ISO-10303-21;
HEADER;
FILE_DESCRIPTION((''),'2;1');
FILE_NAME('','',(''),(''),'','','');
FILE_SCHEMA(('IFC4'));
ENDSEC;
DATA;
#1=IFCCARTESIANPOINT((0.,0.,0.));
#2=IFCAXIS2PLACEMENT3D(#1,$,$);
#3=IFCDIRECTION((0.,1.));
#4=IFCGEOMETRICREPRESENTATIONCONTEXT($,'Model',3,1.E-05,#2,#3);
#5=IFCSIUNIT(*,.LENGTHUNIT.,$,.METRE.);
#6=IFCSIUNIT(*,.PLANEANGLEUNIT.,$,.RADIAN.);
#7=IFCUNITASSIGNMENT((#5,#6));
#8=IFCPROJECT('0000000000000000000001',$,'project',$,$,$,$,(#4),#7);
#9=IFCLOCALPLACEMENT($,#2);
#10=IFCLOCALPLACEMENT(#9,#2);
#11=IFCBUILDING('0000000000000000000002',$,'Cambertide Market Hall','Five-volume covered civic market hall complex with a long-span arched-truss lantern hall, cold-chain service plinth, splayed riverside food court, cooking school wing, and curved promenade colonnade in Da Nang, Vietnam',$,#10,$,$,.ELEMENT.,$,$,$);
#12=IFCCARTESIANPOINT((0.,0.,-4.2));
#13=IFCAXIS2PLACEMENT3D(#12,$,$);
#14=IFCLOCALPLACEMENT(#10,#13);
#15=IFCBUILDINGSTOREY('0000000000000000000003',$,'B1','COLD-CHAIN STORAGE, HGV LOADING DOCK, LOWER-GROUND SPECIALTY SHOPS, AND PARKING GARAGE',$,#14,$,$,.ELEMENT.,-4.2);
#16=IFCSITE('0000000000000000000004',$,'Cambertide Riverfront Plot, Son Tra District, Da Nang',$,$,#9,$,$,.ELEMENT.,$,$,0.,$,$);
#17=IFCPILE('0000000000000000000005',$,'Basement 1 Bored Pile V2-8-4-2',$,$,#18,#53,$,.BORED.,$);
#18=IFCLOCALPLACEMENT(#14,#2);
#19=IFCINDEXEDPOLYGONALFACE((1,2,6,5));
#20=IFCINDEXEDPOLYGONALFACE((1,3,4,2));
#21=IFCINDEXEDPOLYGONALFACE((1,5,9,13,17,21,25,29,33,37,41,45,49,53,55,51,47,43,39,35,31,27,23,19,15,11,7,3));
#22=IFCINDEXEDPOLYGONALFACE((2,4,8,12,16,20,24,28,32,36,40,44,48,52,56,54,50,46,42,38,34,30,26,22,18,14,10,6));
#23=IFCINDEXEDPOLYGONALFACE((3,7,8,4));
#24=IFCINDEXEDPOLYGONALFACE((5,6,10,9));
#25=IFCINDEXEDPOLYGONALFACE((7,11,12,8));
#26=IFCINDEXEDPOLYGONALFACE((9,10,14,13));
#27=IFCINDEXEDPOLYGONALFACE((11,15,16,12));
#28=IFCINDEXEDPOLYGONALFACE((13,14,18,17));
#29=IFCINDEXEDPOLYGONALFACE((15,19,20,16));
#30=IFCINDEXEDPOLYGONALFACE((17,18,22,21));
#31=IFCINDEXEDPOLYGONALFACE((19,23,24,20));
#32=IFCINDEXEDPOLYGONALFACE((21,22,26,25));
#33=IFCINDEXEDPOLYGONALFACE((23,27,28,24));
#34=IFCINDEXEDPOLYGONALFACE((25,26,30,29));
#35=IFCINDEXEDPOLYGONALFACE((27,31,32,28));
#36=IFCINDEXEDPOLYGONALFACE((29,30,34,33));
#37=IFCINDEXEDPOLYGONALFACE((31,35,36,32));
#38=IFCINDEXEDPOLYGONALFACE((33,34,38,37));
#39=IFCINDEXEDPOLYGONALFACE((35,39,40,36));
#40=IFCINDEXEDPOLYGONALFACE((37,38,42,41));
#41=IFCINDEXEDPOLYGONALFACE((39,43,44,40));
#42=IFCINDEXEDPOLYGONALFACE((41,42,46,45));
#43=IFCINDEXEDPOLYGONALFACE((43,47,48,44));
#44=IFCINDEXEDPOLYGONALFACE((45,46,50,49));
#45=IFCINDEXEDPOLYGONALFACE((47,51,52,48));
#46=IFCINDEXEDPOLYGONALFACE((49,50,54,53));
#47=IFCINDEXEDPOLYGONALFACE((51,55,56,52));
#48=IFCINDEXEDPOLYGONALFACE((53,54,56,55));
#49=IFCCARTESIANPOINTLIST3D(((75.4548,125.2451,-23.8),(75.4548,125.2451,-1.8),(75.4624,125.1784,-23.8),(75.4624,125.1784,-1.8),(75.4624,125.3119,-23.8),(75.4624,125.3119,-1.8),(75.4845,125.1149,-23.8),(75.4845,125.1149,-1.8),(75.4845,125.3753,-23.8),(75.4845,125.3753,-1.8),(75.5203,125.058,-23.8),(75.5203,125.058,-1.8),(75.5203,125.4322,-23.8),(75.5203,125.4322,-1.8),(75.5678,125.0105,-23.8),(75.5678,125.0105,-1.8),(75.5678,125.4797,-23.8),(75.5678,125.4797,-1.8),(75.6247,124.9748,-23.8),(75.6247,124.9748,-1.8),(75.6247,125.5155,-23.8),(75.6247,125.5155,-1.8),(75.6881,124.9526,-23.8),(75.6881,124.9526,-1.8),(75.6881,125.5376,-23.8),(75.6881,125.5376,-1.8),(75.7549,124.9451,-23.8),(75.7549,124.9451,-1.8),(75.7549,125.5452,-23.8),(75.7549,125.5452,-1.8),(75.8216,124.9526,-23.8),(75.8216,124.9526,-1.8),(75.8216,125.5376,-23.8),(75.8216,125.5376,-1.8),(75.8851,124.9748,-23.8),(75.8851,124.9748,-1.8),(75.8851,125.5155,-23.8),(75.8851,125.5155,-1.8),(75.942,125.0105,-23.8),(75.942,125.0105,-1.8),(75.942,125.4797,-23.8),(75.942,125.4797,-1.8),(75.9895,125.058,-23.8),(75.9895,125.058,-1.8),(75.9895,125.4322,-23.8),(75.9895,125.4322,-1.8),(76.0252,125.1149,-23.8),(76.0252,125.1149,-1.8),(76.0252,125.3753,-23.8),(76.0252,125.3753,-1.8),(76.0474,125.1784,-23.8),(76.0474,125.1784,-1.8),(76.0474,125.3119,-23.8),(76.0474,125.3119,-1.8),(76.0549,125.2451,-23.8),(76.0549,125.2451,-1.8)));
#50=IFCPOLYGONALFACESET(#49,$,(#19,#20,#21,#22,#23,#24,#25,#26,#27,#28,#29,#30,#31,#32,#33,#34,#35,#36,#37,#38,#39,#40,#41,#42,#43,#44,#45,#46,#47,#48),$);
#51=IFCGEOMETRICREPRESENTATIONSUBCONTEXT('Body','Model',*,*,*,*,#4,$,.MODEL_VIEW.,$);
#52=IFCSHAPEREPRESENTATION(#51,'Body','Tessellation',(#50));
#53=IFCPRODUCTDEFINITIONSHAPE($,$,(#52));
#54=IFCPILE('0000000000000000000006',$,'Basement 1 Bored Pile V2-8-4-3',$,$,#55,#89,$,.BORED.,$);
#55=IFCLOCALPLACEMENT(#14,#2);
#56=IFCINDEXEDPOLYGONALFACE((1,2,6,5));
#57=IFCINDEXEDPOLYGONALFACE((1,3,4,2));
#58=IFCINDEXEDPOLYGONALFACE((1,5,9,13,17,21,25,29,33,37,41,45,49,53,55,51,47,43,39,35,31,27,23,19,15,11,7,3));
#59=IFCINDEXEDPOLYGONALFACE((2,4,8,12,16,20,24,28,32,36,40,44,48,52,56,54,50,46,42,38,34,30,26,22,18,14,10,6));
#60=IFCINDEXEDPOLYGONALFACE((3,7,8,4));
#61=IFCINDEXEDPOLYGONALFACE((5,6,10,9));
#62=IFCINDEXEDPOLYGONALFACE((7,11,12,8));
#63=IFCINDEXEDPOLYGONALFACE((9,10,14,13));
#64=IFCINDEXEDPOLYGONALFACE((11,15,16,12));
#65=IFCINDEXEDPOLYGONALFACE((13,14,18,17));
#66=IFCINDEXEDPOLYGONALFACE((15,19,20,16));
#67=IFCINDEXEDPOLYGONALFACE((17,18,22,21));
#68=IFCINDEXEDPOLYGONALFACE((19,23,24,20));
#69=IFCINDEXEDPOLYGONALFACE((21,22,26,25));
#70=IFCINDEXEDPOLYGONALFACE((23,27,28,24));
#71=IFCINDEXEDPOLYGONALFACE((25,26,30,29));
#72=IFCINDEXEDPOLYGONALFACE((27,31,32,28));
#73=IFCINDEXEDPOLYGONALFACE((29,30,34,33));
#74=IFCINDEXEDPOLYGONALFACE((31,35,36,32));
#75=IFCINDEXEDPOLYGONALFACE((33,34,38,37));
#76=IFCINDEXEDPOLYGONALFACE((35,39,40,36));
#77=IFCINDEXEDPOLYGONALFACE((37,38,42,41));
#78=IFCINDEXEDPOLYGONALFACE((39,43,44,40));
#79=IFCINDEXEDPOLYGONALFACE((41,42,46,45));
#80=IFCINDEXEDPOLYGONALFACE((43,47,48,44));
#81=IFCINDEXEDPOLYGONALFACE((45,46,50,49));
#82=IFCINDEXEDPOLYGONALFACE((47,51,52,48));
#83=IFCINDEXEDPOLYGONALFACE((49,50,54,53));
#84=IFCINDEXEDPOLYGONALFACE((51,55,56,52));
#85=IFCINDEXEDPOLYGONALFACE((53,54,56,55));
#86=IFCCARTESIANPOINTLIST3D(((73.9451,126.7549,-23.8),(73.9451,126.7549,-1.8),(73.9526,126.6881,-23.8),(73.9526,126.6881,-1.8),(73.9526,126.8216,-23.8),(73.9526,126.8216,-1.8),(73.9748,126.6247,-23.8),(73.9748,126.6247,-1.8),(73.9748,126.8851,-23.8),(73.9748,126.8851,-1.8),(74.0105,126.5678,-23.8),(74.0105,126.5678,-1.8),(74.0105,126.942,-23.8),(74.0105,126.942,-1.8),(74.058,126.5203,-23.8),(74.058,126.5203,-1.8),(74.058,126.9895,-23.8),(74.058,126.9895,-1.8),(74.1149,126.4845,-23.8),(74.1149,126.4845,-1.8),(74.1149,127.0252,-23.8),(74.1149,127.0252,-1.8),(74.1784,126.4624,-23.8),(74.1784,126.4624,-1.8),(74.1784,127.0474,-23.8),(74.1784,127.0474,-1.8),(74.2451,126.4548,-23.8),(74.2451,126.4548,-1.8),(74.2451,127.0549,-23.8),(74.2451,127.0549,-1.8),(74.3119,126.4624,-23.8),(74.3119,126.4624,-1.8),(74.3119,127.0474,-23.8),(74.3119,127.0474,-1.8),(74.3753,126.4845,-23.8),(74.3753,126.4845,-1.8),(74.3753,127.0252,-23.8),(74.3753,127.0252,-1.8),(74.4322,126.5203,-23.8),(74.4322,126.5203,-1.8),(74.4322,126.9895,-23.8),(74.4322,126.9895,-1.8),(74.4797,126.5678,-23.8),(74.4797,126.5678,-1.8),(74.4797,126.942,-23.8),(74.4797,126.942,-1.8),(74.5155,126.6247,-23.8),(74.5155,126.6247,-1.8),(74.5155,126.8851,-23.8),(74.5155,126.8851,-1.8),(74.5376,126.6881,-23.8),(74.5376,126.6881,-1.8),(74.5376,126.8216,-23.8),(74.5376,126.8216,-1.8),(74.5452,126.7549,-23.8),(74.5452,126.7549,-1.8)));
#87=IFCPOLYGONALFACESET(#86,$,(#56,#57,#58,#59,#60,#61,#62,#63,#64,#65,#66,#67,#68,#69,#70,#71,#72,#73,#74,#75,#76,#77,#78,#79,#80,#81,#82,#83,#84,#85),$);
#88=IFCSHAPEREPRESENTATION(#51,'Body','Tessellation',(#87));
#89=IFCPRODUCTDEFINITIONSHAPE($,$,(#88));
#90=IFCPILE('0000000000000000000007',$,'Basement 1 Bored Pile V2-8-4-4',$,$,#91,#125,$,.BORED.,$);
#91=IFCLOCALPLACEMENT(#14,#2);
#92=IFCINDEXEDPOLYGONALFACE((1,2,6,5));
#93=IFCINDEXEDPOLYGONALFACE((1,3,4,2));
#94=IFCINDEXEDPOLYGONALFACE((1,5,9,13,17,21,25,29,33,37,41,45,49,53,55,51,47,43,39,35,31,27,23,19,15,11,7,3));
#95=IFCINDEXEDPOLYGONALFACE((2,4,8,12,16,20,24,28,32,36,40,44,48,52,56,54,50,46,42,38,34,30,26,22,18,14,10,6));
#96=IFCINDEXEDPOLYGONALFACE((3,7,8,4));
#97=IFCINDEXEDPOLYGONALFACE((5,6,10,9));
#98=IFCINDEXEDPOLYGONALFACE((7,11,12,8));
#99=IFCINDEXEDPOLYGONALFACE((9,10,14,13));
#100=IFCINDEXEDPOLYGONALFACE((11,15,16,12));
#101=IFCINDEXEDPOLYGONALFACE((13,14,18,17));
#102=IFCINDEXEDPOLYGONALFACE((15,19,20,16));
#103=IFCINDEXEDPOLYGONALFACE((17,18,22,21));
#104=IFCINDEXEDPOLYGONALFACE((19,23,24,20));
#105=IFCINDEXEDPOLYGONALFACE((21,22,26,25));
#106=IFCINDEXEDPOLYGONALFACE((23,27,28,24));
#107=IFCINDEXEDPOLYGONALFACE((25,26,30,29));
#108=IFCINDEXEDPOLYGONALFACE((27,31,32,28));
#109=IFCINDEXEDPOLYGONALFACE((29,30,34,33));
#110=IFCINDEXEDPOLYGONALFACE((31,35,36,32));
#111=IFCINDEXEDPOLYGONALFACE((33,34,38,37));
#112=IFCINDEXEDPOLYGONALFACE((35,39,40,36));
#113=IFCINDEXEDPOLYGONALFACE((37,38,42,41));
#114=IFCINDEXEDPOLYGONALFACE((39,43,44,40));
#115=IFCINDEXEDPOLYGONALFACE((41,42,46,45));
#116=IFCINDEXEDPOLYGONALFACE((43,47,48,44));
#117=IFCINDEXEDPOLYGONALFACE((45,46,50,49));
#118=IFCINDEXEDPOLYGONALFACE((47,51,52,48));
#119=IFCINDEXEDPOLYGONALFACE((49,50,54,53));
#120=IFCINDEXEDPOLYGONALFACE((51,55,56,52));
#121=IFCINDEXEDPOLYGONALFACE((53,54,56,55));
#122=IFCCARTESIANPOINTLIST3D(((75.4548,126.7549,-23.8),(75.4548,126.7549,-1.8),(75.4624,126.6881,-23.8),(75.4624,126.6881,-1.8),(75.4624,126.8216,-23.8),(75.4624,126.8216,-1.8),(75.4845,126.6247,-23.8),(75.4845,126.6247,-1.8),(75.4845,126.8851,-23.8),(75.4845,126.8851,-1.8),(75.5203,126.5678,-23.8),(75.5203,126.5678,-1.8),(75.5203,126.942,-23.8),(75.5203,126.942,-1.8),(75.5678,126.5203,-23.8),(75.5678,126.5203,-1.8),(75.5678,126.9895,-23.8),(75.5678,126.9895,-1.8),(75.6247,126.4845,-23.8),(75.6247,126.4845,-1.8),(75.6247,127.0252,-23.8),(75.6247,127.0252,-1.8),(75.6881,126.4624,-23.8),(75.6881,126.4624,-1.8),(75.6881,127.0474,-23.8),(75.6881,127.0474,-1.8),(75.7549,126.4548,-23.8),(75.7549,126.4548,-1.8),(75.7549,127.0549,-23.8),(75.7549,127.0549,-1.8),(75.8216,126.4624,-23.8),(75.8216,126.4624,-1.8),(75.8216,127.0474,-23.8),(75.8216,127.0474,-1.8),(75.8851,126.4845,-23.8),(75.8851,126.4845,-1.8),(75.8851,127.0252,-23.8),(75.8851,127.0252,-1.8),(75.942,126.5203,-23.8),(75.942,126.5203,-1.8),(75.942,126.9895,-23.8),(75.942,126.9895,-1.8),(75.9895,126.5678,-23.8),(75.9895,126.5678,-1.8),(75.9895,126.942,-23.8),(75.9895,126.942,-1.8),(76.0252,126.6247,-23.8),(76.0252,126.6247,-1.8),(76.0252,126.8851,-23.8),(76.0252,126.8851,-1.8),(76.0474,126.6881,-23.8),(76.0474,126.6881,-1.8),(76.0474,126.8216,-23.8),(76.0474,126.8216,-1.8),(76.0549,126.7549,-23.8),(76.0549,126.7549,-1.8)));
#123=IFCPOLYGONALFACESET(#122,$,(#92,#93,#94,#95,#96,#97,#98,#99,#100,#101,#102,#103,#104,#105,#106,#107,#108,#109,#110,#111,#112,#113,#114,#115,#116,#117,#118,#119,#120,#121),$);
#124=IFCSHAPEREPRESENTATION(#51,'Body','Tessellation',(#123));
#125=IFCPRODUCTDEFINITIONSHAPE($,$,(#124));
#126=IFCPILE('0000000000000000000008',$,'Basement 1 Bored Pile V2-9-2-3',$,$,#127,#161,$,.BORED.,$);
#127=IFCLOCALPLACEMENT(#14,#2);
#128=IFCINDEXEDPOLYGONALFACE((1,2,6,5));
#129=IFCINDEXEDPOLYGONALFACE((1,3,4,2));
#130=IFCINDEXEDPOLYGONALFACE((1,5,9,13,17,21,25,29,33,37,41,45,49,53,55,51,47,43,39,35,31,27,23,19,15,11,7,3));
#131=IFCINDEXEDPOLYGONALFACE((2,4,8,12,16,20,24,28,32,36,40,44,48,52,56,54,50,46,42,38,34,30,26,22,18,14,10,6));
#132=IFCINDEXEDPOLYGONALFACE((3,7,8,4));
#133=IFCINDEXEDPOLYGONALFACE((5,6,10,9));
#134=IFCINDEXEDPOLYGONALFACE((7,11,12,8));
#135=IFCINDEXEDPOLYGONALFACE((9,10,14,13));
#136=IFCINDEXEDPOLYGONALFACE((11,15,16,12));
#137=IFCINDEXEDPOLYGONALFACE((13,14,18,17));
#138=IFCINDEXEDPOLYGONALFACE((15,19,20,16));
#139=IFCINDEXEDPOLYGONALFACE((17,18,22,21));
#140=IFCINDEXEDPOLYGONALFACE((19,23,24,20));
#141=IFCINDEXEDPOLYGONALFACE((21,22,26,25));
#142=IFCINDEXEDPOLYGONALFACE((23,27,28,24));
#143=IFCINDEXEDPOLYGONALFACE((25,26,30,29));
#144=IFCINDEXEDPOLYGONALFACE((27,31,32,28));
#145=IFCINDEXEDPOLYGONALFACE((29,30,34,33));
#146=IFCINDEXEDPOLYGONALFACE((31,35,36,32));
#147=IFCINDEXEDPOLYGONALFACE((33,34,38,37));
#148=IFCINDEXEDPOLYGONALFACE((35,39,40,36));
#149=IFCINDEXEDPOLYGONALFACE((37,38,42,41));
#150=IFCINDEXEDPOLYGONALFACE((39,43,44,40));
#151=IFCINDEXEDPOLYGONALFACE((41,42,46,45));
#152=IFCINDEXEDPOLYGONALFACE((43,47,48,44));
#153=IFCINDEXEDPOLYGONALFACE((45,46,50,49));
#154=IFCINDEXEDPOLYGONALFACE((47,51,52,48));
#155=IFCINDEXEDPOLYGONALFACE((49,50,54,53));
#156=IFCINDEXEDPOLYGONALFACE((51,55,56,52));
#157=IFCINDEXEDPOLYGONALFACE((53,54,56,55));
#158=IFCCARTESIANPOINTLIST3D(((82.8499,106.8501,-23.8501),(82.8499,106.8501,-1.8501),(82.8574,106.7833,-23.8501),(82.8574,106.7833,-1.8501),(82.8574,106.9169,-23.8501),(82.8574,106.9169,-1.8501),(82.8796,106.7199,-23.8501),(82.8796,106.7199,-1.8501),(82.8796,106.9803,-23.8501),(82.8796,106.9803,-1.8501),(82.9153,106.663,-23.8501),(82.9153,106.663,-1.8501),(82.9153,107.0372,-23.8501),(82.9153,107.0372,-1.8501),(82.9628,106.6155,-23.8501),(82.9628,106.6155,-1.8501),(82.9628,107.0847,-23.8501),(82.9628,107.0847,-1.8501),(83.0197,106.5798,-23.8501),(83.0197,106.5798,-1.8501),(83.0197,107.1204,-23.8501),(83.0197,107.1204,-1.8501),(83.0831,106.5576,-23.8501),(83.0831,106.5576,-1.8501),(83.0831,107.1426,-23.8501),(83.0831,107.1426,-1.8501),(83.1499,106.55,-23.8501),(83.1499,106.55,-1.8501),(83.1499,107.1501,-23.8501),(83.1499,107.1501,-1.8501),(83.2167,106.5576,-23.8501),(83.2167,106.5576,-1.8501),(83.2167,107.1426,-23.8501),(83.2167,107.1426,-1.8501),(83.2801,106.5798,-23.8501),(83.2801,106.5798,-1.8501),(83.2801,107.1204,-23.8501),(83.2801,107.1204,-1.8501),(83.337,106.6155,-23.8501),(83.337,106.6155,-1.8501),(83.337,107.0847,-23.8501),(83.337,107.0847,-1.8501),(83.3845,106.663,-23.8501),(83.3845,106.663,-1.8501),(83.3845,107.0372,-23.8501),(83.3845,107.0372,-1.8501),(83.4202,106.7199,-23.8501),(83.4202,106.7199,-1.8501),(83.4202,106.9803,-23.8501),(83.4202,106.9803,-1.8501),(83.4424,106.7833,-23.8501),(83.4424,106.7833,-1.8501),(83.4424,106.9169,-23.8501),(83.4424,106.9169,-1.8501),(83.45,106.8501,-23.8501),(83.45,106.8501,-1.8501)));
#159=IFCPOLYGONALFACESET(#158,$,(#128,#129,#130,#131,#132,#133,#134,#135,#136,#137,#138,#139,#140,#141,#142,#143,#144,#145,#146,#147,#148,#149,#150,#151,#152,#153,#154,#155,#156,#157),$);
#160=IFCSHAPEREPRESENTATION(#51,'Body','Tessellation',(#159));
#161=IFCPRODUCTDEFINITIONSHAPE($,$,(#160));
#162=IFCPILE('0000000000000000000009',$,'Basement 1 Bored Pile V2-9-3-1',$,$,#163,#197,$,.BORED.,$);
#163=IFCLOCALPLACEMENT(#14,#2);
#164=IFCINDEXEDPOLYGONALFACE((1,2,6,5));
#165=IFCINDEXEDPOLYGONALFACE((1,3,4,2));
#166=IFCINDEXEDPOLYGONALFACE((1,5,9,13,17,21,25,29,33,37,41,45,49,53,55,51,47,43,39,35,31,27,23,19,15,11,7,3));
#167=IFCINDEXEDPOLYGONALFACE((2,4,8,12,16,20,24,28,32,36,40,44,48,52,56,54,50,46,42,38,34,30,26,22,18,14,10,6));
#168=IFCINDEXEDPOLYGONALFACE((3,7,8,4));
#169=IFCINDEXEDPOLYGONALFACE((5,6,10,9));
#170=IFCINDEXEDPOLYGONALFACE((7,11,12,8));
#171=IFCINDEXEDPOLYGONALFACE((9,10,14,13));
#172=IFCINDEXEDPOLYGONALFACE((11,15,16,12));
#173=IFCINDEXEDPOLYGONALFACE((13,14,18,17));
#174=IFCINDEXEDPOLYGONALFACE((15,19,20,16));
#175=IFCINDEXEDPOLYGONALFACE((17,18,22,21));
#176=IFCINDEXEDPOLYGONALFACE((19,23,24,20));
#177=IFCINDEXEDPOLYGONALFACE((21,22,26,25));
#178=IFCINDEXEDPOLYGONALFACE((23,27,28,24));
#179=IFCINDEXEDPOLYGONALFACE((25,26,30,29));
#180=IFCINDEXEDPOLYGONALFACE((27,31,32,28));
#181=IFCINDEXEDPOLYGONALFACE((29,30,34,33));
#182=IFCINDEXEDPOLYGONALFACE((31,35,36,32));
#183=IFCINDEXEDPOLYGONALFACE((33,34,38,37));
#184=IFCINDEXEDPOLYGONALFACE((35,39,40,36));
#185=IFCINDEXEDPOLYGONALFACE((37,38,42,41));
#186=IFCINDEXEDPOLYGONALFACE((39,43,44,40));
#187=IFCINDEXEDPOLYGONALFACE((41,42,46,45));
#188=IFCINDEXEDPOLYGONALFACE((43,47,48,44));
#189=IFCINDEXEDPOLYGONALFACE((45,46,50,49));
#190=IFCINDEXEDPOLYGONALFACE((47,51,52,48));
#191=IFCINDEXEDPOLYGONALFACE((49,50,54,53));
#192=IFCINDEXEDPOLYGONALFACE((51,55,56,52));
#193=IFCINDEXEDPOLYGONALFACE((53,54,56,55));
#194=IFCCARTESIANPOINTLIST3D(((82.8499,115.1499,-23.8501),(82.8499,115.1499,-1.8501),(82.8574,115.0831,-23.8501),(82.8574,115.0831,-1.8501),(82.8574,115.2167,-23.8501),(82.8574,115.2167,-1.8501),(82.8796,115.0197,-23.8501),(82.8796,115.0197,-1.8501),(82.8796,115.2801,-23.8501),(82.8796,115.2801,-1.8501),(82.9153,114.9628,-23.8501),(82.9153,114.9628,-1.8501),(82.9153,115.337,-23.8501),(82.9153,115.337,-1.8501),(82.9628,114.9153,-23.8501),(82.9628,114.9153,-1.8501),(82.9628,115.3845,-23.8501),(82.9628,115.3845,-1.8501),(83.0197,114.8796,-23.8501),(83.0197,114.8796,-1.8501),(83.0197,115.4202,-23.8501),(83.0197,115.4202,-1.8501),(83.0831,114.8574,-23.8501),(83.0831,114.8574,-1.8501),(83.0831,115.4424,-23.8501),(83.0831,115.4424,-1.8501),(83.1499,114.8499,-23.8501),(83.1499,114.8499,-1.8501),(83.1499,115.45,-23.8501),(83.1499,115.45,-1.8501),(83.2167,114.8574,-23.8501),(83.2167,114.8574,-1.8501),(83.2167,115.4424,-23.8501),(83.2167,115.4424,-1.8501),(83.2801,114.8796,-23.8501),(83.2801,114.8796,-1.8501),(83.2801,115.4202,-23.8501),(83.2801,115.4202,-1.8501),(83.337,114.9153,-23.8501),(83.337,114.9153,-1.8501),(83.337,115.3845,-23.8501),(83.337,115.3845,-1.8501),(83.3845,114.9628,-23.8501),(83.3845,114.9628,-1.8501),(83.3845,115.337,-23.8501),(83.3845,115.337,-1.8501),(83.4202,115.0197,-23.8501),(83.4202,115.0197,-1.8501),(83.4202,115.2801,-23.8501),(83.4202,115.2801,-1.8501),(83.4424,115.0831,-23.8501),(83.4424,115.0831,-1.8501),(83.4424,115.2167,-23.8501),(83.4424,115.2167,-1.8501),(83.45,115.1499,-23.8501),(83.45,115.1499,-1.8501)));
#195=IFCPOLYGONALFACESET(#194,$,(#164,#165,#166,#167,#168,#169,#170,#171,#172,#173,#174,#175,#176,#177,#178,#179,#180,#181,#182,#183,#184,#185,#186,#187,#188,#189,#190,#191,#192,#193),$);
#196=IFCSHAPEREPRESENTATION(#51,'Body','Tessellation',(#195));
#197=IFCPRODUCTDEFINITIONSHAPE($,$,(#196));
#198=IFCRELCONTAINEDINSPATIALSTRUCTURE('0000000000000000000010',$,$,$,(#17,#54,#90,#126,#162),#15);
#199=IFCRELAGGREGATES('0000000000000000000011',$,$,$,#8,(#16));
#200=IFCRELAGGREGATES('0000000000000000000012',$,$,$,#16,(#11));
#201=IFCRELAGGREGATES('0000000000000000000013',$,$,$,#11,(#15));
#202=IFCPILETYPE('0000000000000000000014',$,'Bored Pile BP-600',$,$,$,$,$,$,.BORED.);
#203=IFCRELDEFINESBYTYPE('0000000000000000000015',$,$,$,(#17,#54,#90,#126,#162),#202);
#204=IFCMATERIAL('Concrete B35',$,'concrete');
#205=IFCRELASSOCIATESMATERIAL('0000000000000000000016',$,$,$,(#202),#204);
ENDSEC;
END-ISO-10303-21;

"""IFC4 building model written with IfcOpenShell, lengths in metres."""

from ifc_helpers import new_model, si_unit, direction, frame, origin, origin_2d, place, context, subcontext, project, spatial, circle, extrude, material, material_profile, profile_set, type_object, element, save


model = new_model("IFC4")

# Units and contexts
model_context = context("Model", 3, precision=1e-05, world=origin(), true_north=direction((0.0, 1.0)))
body_context = subcontext(model_context, "Body", "Model", "MODEL_VIEW")
ifc_project = project(units=[si_unit("LENGTHUNIT", "METRE"), si_unit("PLANEANGLEUNIT", "RADIAN")], contexts=[model_context])

# Site, building, storey
site_placement = place(None, origin())
site = spatial("IfcSite", under=ifc_project, at=site_placement, Name="Cambertide Riverfront Plot, Son Tra District, Da Nang", CompositionType="ELEMENT", RefElevation=0.0)
building_placement = place(site_placement, origin())
building = spatial("IfcBuilding", under=site, at=building_placement, Name="Cambertide Market Hall", Description="Five-volume covered civic market hall complex with a long-span arched-truss lantern hall, cold-chain service plinth, splayed riverside food court, cooking school wing, and curved promenade colonnade in Da Nang, Vietnam", CompositionType="ELEMENT")
storey_placement = place(building_placement, frame((0.0, 0.0, -4.2)))
storey = spatial("IfcBuildingStorey", under=building, at=storey_placement, Name="B1", Description="COLD-CHAIN STORAGE, HGV LOADING DOCK, LOWER-GROUND SPECIALTY SHOPS, AND PARKING GARAGE", CompositionType="ELEMENT", Elevation=-4.2)

# Piles
ifc_material_1 = material(Name="Concrete B35", Category="concrete")
ifc_material_profile_1 = material_profile(ifc_material_1, circle(Radius=0.3, at=origin_2d()), Name="BP D600")
ifc_profile_set_1 = profile_set([ifc_material_profile_1], Name="Concrete B35")
pile_type = type_object("IfcPileType", Name="Bored Pile BP-600", PredefinedType="BORED", material=ifc_profile_set_1)
for number, where, z_axis, x_axis, name in (
    (1, (75.7549, 125.2451, -1.8), (0.0, 0.0, -1.0), (1.0, 0.0, 0.0), "Basement 1 Bored Pile V2-8-4-2"),
    (2, (74.2451, 126.7549, -1.8), (0.0, 0.0, -1.0), (1.0, 0.0, 0.0), "Basement 1 Bored Pile V2-8-4-3"),
    (3, (75.7549, 126.7549, -1.8), (0.0, 0.0, -1.0), (1.0, 0.0, 0.0), "Basement 1 Bored Pile V2-8-4-4"),
    (4, (83.1499, 106.8501, -1.8501), (0.0, 0.0, -1.0), (1.0, 0.0, 0.0), "Basement 1 Bored Pile V2-9-2-3"),
    (5, (83.1499, 115.1499, -1.8501), (0.0, 0.0, -1.0), (1.0, 0.0, 0.0), "Basement 1 Bored Pile V2-9-3-1"),
):
    element("IfcPile", number, at=place(storey_placement, frame(where, z_axis=z_axis, x_axis=x_axis)), inside=storey, type_object=pile_type, Name=name, PredefinedType="BORED", context=body_context, shape_type="SweptSolid", body=[
        extrude(circle(Radius=0.3, at=origin_2d()), origin(), (0.0, 0.0, 1.0), 22.0),
    ])

save(model, "model.ifc")
